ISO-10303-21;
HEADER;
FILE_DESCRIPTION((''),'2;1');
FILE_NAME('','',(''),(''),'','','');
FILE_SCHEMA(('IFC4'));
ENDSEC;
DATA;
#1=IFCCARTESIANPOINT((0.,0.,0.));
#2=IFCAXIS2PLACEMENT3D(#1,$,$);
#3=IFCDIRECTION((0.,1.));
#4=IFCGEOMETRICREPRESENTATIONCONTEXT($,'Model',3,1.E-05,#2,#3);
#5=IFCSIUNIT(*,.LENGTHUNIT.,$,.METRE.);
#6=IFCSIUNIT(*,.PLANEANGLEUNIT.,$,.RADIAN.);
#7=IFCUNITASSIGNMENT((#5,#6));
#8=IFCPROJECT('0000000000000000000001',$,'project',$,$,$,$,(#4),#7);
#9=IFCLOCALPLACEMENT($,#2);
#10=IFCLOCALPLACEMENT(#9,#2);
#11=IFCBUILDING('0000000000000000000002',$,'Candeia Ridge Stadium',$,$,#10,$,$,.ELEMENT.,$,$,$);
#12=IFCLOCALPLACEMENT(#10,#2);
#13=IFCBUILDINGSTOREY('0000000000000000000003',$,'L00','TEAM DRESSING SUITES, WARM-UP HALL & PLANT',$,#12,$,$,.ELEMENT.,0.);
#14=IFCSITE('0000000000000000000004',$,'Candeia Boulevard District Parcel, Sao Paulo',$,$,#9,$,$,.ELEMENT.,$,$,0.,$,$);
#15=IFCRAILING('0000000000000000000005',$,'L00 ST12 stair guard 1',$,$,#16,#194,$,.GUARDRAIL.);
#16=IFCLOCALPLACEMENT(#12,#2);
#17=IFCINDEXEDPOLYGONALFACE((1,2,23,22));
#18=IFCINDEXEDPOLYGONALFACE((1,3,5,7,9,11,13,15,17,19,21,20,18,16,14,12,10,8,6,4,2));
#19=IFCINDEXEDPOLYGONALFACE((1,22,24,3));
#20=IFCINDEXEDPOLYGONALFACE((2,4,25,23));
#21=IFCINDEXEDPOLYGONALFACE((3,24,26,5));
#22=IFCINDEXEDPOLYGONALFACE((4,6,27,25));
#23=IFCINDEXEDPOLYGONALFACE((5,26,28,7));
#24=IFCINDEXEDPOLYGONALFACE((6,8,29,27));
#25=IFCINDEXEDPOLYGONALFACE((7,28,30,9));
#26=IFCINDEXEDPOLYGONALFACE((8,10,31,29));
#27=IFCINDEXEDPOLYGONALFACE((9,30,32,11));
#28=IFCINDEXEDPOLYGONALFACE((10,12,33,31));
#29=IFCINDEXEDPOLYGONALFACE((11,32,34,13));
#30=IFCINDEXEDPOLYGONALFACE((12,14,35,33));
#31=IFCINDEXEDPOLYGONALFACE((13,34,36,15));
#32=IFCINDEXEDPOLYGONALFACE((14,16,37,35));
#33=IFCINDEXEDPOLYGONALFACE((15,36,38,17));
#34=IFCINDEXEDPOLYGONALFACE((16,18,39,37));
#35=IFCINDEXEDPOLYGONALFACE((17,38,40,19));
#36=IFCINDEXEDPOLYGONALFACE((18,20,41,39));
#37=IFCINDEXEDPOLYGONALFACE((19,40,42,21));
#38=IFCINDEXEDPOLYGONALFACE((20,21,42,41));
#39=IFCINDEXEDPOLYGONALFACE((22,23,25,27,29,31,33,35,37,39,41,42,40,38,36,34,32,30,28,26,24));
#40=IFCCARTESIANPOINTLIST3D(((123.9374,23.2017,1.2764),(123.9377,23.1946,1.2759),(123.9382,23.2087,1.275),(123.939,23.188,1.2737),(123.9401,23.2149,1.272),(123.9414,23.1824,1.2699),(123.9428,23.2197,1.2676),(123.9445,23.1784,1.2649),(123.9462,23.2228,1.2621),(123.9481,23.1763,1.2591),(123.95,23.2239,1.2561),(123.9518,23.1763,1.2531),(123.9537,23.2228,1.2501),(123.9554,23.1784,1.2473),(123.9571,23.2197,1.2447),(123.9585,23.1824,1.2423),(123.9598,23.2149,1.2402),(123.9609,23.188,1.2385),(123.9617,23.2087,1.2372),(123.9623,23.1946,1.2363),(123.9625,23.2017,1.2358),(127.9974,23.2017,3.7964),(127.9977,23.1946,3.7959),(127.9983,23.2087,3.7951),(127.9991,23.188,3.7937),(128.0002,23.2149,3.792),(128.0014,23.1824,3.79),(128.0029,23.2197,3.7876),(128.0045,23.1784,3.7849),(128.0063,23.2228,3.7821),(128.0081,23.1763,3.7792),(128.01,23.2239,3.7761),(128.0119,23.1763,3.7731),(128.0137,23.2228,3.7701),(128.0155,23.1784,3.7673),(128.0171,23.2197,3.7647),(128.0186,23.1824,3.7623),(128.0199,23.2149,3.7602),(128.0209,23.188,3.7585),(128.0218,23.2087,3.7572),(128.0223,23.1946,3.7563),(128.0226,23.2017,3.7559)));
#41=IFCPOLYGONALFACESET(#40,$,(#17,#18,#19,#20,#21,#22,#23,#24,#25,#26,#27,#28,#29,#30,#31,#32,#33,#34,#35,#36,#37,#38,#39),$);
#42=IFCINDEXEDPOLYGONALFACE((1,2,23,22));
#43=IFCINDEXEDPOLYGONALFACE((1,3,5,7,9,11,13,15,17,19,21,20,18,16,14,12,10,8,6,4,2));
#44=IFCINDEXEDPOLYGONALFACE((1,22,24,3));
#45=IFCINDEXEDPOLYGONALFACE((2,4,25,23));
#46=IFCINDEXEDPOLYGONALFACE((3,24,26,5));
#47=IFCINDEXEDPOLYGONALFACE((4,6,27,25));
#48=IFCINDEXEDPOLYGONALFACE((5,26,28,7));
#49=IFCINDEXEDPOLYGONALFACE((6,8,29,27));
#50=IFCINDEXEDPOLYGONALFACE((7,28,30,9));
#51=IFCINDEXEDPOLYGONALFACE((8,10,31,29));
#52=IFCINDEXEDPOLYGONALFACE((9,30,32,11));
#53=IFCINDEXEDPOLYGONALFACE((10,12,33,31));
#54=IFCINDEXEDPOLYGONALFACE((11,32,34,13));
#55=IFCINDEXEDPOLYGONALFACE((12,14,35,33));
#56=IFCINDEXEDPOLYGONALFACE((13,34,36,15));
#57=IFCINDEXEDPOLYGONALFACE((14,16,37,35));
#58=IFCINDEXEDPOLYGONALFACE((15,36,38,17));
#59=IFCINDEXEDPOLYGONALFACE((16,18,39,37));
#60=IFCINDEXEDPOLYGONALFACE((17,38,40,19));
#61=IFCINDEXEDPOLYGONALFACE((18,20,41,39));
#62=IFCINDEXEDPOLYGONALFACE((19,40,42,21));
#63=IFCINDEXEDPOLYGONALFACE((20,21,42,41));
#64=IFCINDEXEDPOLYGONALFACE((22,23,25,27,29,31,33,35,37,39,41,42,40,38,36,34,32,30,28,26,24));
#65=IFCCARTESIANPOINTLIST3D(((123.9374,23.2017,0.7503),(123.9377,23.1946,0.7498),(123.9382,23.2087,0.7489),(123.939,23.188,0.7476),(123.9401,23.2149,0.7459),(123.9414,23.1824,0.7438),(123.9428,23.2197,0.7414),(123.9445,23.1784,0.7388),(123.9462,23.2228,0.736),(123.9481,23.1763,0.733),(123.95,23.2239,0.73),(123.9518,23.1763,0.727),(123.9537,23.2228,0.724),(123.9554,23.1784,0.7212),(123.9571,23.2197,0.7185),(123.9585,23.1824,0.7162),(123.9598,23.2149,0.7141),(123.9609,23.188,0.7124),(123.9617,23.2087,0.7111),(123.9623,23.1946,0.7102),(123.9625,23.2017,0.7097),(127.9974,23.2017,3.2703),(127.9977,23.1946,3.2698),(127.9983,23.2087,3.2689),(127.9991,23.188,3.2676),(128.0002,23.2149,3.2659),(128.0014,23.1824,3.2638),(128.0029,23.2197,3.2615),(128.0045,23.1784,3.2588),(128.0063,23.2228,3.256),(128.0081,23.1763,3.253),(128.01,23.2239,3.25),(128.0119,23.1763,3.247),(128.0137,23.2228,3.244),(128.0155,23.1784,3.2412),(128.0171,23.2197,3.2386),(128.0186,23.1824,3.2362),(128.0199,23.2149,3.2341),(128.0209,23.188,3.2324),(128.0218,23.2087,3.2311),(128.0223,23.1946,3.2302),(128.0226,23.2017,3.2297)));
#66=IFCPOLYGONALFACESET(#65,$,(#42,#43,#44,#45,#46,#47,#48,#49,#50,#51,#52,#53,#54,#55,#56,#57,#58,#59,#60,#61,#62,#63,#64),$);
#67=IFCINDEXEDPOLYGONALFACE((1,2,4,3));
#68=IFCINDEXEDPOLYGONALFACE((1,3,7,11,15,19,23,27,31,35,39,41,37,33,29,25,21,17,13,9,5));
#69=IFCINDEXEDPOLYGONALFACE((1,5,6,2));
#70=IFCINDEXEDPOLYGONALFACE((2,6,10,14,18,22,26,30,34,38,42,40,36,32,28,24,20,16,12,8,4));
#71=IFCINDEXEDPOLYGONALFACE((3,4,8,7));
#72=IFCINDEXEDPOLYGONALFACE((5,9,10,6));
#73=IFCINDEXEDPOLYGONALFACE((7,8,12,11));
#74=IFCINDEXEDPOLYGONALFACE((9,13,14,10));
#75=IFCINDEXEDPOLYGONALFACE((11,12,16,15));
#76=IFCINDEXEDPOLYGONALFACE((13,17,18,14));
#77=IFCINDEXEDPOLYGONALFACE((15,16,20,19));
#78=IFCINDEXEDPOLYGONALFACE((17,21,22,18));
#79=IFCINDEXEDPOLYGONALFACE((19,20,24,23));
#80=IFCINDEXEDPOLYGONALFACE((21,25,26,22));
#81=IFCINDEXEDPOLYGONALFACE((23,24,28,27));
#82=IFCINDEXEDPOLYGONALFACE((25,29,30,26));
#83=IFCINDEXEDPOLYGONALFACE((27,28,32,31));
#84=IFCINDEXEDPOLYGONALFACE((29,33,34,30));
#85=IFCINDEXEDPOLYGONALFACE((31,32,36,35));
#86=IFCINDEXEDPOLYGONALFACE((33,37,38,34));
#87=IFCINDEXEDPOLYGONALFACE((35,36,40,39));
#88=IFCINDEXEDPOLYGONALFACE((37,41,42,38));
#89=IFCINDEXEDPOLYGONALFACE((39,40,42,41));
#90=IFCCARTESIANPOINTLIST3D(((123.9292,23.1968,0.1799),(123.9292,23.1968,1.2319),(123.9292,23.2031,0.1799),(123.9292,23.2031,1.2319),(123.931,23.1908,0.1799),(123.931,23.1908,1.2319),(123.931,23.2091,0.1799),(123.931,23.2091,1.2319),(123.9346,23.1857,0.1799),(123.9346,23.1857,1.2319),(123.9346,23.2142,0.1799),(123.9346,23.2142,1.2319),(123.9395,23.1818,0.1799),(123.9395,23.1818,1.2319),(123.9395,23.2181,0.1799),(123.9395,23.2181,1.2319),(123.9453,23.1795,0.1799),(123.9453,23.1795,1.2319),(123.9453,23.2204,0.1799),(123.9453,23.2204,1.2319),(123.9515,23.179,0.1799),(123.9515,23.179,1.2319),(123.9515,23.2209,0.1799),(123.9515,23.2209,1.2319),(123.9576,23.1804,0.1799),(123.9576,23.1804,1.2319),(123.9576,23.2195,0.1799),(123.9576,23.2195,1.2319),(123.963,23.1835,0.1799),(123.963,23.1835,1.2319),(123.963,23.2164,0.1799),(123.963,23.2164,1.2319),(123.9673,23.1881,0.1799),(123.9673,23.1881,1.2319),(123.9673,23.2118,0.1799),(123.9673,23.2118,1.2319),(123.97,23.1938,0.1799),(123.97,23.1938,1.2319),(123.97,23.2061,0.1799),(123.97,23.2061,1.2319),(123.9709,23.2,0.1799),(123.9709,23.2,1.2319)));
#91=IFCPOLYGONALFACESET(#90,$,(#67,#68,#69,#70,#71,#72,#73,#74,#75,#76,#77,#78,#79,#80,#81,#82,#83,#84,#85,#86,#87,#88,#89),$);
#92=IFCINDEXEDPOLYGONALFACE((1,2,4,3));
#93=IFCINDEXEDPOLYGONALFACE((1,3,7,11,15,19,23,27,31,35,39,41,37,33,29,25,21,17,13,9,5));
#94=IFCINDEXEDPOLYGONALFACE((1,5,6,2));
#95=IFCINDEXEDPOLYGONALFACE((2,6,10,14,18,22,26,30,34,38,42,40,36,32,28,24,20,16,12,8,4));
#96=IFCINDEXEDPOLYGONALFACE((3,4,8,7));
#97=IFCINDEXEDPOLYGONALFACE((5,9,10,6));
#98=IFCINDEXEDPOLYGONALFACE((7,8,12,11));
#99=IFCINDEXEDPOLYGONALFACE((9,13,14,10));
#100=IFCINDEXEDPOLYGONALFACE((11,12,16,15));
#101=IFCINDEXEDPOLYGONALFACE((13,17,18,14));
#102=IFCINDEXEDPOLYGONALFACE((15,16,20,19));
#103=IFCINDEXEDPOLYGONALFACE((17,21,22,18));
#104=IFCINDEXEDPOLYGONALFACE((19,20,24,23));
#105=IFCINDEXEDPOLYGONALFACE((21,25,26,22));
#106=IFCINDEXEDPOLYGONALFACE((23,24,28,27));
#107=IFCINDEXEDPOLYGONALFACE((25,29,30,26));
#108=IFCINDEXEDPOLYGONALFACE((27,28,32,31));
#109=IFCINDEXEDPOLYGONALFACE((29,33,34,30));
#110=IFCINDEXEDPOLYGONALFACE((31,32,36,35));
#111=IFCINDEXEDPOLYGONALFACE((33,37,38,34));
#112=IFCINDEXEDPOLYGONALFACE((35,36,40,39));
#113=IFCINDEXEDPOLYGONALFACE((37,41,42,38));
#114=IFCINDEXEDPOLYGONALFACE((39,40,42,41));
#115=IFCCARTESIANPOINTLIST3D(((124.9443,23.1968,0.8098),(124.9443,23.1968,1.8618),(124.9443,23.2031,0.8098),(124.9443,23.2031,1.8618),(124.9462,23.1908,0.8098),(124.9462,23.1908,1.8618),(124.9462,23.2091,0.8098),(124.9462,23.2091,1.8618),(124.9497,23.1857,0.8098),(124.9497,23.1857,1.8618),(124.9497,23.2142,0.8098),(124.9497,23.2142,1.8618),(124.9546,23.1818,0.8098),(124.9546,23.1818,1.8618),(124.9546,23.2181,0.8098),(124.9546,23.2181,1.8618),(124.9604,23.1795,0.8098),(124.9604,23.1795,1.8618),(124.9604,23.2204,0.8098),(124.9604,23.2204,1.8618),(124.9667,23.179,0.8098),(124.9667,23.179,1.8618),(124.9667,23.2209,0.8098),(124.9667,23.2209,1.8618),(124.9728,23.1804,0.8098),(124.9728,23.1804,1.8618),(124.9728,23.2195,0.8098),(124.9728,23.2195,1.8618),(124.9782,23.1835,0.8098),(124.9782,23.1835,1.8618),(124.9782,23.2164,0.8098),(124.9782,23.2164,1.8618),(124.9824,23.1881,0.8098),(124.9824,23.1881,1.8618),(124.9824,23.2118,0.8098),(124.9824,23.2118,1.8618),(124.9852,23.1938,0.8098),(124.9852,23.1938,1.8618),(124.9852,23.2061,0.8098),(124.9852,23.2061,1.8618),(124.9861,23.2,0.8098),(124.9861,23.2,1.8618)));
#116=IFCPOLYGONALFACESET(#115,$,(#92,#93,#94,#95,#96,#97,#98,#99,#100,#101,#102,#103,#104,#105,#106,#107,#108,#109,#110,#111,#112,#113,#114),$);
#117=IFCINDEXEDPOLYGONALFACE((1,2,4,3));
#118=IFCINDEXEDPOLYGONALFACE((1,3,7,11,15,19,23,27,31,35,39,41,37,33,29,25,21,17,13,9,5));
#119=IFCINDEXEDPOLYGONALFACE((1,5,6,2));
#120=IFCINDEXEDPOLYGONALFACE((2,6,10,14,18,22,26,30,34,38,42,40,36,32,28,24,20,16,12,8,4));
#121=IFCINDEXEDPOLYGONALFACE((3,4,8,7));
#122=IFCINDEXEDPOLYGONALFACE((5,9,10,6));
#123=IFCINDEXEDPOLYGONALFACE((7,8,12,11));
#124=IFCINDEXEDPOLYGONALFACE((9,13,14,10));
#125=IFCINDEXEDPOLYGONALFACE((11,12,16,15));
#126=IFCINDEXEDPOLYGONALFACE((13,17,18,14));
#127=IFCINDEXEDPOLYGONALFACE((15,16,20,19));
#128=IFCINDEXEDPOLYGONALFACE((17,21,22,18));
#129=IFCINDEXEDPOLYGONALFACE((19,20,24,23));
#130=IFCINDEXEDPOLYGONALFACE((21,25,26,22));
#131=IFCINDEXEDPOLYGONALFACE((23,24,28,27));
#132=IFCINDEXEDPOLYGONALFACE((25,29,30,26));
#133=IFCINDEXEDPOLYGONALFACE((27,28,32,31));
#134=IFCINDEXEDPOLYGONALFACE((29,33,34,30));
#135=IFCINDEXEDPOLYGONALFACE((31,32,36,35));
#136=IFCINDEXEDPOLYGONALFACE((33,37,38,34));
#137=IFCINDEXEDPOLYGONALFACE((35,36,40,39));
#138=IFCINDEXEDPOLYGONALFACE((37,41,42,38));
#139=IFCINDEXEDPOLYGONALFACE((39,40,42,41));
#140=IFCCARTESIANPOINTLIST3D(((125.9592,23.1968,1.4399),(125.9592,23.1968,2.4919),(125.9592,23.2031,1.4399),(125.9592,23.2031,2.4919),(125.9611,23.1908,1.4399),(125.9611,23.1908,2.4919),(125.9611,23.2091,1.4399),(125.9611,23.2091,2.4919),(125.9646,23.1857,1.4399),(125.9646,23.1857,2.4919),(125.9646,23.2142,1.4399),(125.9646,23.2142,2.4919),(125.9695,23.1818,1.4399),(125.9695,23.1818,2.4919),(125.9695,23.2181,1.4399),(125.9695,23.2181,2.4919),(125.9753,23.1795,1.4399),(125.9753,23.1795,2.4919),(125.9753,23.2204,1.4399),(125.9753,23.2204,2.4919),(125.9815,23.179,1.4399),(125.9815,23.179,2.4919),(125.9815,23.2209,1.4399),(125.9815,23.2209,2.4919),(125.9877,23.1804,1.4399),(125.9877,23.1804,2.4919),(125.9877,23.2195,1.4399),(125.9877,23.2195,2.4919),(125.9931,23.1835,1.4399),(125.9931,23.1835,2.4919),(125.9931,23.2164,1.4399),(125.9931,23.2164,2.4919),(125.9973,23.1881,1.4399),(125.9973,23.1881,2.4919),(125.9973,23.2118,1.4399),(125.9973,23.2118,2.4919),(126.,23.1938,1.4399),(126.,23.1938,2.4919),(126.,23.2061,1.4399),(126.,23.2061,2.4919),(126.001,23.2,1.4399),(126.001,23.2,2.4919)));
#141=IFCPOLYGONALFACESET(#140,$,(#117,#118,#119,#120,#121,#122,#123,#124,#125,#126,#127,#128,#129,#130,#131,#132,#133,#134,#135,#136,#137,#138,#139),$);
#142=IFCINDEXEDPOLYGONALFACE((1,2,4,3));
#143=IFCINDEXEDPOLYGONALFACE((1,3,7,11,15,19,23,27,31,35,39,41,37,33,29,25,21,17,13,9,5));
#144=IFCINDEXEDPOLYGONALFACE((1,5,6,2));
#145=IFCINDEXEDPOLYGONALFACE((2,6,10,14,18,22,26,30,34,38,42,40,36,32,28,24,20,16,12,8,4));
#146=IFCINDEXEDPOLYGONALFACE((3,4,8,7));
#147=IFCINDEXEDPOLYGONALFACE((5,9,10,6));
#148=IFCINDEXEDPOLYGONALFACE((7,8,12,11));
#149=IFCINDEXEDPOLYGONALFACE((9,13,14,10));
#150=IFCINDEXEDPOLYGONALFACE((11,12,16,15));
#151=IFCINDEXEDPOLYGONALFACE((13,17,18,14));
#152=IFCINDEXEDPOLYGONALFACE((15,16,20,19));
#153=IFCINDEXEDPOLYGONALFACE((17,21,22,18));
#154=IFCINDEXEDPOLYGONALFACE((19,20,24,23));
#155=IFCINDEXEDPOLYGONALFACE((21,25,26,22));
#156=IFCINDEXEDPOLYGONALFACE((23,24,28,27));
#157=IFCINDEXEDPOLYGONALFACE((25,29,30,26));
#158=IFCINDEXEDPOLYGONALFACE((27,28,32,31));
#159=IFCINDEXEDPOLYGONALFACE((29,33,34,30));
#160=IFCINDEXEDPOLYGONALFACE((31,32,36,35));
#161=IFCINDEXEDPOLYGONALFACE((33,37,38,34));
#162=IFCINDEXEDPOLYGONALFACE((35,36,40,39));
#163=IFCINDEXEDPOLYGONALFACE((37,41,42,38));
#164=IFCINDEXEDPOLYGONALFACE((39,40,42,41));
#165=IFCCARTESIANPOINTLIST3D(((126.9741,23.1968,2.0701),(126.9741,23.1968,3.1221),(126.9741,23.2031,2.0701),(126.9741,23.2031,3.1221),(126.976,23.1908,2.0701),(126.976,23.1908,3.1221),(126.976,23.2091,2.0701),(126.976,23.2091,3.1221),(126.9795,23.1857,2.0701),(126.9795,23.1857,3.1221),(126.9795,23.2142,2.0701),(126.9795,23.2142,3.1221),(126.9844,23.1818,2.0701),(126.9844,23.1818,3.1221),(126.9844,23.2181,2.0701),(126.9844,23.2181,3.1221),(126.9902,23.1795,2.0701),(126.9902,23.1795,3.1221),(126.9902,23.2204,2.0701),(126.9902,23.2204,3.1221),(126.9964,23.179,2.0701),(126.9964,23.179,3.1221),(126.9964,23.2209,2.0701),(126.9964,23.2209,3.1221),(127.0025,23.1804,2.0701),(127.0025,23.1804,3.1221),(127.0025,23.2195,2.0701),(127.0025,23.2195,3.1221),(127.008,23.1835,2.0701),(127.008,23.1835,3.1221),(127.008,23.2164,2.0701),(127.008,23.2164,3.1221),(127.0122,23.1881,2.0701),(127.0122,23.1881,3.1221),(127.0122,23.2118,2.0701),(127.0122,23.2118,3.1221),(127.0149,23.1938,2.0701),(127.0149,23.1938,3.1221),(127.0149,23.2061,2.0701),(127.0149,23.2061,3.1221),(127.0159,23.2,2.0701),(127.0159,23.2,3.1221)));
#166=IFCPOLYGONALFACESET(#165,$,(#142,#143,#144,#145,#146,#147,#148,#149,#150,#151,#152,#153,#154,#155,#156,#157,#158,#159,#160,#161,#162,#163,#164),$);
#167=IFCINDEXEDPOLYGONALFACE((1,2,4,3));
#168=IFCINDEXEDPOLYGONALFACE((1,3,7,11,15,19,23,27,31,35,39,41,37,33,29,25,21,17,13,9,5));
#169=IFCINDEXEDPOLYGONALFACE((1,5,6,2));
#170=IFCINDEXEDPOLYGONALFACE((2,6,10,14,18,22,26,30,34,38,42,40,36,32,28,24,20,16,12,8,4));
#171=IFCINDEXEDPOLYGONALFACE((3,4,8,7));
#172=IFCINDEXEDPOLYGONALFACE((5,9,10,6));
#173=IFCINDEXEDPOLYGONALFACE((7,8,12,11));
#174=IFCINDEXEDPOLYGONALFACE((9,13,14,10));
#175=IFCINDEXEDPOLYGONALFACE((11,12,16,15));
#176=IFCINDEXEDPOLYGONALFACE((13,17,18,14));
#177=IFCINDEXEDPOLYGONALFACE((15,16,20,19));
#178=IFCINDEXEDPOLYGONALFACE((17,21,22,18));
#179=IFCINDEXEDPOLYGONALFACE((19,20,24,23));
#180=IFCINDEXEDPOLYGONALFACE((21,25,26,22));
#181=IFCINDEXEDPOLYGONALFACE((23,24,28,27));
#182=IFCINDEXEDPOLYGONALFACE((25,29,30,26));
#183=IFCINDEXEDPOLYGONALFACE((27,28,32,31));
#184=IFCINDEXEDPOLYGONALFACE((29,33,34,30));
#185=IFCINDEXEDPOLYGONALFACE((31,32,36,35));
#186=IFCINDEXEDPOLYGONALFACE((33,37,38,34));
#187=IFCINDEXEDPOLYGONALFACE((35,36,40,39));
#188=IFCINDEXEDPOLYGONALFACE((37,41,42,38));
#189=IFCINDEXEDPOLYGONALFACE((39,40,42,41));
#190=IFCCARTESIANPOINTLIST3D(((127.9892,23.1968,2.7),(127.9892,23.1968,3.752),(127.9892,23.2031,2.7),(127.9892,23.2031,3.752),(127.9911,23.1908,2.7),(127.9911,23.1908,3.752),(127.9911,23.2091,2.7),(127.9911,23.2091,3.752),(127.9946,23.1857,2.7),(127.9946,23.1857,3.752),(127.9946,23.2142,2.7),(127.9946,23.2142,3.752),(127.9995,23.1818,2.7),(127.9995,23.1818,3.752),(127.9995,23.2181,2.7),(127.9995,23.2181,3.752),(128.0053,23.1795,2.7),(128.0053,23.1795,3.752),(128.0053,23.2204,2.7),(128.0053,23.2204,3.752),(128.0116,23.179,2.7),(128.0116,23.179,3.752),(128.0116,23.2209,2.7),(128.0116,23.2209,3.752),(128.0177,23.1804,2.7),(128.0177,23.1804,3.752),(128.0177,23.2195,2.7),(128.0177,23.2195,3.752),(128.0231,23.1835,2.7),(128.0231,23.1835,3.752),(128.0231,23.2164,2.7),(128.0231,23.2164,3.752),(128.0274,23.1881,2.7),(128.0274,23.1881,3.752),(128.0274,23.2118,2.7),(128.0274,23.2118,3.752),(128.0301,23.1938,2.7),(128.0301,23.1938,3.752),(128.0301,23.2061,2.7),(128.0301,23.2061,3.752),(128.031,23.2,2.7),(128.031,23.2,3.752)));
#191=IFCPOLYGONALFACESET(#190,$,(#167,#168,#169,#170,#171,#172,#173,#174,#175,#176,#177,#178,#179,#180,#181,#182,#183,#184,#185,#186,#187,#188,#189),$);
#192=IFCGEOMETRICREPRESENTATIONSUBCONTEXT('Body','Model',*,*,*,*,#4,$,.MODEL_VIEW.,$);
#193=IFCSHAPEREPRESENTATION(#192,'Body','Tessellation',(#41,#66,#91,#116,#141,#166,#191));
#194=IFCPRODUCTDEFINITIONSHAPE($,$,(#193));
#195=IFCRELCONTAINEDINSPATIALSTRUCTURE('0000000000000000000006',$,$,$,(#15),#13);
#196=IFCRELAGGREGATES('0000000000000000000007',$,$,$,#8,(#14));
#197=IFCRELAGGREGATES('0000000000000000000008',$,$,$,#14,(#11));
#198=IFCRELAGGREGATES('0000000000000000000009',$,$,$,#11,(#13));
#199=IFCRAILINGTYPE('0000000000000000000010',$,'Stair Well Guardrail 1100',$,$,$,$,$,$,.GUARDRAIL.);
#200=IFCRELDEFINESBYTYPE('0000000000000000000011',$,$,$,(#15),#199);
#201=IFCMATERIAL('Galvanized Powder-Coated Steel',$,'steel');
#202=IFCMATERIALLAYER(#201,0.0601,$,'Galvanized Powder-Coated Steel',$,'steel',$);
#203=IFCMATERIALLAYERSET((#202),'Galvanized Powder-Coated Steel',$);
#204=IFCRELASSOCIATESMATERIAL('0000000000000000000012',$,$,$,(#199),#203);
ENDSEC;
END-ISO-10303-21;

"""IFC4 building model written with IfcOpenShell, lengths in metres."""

from ifc_helpers import new_model, si_unit, direction, frame, origin, origin_2d, place, context, subcontext, project, spatial, circle, extrude, material, layer, layer_set, type_object, element, save


model = new_model("IFC4")

# Units and contexts
model_context = context("Model", 3, precision=1e-05, world=origin(), true_north=direction((0.0, 1.0)))
body_context = subcontext(model_context, "Body", "Model", "MODEL_VIEW")
ifc_project = project(units=[si_unit("LENGTHUNIT", "METRE"), si_unit("PLANEANGLEUNIT", "RADIAN")], contexts=[model_context])

# Site, building, storey
site_placement = place(None, origin())
site = spatial("IfcSite", under=ifc_project, at=site_placement, Name="Candeia Boulevard District Parcel, Sao Paulo", CompositionType="ELEMENT", RefElevation=0.0)
building_placement = place(site_placement, origin())
building = spatial("IfcBuilding", under=site, at=building_placement, Name="Candeia Ridge Stadium", CompositionType="ELEMENT")
storey_placement = place(building_placement, origin())
storey = spatial("IfcBuildingStorey", under=building, at=storey_placement, Name="L00", Description="TEAM DRESSING SUITES, WARM-UP HALL & PLANT", CompositionType="ELEMENT", Elevation=0.0)

# Railing
ifc_material_1 = material(Name="Galvanized Powder-Coated Steel", Category="steel")
ifc_layer_1 = layer(ifc_material_1, 0.0601, Name="Galvanized Powder-Coated Steel", Category="steel")
ifc_layer_set_1 = layer_set([ifc_layer_1], Name="Galvanized Powder-Coated Steel")
railing_type_1 = type_object("IfcRailingType", Name="Stair Well Guardrail 1100", PredefinedType="GUARDRAIL", material=ifc_layer_set_1)
railing_1_placement = place(storey_placement, frame((123.95, 23.2, 0.1799)))
element("IfcRailing", 1, at=railing_1_placement, inside=storey, type_object=railing_type_1, Name="L00 ST12 stair guard 1", PredefinedType="GUARDRAIL", context=body_context, shape_type="SweptSolid", body=[
    extrude(circle(Radius=0.0239, at=origin_2d()), frame((0.0, 0.0, 1.0762), z_axis=(0.849642, 0.0, 0.52736), x_axis=(0.0, 1.0, 0.0)), (0.0, 0.0, 1.0), 4.7786),
    extrude(circle(Radius=0.0239, at=origin_2d()), frame((0.0, 0.0, 0.55), z_axis=(0.849642, 0.0, 0.52736), x_axis=(0.0, 1.0, 0.0)), (0.0, 0.0, 1.0), 4.7786),
    extrude(circle(Radius=0.021, at=origin_2d()), origin(), (0.0, 0.0, 1.0), 1.052),
    extrude(circle(Radius=0.021, at=origin_2d()), frame((1.0151, 0.0, 0.6299)), (0.0, 0.0, 1.0), 1.052),
    extrude(circle(Radius=0.021, at=origin_2d()), frame((2.03, 0.0, 1.26)), (0.0, 0.0, 1.0), 1.052),
    extrude(circle(Radius=0.021, at=origin_2d()), frame((3.0449, 0.0, 1.8901)), (0.0, 0.0, 1.0), 1.052),
    extrude(circle(Radius=0.021, at=origin_2d()), frame((4.0601, 0.0, 2.52)), (0.0, 0.0, 1.0), 1.052),
])

save(model, "model.ifc")
